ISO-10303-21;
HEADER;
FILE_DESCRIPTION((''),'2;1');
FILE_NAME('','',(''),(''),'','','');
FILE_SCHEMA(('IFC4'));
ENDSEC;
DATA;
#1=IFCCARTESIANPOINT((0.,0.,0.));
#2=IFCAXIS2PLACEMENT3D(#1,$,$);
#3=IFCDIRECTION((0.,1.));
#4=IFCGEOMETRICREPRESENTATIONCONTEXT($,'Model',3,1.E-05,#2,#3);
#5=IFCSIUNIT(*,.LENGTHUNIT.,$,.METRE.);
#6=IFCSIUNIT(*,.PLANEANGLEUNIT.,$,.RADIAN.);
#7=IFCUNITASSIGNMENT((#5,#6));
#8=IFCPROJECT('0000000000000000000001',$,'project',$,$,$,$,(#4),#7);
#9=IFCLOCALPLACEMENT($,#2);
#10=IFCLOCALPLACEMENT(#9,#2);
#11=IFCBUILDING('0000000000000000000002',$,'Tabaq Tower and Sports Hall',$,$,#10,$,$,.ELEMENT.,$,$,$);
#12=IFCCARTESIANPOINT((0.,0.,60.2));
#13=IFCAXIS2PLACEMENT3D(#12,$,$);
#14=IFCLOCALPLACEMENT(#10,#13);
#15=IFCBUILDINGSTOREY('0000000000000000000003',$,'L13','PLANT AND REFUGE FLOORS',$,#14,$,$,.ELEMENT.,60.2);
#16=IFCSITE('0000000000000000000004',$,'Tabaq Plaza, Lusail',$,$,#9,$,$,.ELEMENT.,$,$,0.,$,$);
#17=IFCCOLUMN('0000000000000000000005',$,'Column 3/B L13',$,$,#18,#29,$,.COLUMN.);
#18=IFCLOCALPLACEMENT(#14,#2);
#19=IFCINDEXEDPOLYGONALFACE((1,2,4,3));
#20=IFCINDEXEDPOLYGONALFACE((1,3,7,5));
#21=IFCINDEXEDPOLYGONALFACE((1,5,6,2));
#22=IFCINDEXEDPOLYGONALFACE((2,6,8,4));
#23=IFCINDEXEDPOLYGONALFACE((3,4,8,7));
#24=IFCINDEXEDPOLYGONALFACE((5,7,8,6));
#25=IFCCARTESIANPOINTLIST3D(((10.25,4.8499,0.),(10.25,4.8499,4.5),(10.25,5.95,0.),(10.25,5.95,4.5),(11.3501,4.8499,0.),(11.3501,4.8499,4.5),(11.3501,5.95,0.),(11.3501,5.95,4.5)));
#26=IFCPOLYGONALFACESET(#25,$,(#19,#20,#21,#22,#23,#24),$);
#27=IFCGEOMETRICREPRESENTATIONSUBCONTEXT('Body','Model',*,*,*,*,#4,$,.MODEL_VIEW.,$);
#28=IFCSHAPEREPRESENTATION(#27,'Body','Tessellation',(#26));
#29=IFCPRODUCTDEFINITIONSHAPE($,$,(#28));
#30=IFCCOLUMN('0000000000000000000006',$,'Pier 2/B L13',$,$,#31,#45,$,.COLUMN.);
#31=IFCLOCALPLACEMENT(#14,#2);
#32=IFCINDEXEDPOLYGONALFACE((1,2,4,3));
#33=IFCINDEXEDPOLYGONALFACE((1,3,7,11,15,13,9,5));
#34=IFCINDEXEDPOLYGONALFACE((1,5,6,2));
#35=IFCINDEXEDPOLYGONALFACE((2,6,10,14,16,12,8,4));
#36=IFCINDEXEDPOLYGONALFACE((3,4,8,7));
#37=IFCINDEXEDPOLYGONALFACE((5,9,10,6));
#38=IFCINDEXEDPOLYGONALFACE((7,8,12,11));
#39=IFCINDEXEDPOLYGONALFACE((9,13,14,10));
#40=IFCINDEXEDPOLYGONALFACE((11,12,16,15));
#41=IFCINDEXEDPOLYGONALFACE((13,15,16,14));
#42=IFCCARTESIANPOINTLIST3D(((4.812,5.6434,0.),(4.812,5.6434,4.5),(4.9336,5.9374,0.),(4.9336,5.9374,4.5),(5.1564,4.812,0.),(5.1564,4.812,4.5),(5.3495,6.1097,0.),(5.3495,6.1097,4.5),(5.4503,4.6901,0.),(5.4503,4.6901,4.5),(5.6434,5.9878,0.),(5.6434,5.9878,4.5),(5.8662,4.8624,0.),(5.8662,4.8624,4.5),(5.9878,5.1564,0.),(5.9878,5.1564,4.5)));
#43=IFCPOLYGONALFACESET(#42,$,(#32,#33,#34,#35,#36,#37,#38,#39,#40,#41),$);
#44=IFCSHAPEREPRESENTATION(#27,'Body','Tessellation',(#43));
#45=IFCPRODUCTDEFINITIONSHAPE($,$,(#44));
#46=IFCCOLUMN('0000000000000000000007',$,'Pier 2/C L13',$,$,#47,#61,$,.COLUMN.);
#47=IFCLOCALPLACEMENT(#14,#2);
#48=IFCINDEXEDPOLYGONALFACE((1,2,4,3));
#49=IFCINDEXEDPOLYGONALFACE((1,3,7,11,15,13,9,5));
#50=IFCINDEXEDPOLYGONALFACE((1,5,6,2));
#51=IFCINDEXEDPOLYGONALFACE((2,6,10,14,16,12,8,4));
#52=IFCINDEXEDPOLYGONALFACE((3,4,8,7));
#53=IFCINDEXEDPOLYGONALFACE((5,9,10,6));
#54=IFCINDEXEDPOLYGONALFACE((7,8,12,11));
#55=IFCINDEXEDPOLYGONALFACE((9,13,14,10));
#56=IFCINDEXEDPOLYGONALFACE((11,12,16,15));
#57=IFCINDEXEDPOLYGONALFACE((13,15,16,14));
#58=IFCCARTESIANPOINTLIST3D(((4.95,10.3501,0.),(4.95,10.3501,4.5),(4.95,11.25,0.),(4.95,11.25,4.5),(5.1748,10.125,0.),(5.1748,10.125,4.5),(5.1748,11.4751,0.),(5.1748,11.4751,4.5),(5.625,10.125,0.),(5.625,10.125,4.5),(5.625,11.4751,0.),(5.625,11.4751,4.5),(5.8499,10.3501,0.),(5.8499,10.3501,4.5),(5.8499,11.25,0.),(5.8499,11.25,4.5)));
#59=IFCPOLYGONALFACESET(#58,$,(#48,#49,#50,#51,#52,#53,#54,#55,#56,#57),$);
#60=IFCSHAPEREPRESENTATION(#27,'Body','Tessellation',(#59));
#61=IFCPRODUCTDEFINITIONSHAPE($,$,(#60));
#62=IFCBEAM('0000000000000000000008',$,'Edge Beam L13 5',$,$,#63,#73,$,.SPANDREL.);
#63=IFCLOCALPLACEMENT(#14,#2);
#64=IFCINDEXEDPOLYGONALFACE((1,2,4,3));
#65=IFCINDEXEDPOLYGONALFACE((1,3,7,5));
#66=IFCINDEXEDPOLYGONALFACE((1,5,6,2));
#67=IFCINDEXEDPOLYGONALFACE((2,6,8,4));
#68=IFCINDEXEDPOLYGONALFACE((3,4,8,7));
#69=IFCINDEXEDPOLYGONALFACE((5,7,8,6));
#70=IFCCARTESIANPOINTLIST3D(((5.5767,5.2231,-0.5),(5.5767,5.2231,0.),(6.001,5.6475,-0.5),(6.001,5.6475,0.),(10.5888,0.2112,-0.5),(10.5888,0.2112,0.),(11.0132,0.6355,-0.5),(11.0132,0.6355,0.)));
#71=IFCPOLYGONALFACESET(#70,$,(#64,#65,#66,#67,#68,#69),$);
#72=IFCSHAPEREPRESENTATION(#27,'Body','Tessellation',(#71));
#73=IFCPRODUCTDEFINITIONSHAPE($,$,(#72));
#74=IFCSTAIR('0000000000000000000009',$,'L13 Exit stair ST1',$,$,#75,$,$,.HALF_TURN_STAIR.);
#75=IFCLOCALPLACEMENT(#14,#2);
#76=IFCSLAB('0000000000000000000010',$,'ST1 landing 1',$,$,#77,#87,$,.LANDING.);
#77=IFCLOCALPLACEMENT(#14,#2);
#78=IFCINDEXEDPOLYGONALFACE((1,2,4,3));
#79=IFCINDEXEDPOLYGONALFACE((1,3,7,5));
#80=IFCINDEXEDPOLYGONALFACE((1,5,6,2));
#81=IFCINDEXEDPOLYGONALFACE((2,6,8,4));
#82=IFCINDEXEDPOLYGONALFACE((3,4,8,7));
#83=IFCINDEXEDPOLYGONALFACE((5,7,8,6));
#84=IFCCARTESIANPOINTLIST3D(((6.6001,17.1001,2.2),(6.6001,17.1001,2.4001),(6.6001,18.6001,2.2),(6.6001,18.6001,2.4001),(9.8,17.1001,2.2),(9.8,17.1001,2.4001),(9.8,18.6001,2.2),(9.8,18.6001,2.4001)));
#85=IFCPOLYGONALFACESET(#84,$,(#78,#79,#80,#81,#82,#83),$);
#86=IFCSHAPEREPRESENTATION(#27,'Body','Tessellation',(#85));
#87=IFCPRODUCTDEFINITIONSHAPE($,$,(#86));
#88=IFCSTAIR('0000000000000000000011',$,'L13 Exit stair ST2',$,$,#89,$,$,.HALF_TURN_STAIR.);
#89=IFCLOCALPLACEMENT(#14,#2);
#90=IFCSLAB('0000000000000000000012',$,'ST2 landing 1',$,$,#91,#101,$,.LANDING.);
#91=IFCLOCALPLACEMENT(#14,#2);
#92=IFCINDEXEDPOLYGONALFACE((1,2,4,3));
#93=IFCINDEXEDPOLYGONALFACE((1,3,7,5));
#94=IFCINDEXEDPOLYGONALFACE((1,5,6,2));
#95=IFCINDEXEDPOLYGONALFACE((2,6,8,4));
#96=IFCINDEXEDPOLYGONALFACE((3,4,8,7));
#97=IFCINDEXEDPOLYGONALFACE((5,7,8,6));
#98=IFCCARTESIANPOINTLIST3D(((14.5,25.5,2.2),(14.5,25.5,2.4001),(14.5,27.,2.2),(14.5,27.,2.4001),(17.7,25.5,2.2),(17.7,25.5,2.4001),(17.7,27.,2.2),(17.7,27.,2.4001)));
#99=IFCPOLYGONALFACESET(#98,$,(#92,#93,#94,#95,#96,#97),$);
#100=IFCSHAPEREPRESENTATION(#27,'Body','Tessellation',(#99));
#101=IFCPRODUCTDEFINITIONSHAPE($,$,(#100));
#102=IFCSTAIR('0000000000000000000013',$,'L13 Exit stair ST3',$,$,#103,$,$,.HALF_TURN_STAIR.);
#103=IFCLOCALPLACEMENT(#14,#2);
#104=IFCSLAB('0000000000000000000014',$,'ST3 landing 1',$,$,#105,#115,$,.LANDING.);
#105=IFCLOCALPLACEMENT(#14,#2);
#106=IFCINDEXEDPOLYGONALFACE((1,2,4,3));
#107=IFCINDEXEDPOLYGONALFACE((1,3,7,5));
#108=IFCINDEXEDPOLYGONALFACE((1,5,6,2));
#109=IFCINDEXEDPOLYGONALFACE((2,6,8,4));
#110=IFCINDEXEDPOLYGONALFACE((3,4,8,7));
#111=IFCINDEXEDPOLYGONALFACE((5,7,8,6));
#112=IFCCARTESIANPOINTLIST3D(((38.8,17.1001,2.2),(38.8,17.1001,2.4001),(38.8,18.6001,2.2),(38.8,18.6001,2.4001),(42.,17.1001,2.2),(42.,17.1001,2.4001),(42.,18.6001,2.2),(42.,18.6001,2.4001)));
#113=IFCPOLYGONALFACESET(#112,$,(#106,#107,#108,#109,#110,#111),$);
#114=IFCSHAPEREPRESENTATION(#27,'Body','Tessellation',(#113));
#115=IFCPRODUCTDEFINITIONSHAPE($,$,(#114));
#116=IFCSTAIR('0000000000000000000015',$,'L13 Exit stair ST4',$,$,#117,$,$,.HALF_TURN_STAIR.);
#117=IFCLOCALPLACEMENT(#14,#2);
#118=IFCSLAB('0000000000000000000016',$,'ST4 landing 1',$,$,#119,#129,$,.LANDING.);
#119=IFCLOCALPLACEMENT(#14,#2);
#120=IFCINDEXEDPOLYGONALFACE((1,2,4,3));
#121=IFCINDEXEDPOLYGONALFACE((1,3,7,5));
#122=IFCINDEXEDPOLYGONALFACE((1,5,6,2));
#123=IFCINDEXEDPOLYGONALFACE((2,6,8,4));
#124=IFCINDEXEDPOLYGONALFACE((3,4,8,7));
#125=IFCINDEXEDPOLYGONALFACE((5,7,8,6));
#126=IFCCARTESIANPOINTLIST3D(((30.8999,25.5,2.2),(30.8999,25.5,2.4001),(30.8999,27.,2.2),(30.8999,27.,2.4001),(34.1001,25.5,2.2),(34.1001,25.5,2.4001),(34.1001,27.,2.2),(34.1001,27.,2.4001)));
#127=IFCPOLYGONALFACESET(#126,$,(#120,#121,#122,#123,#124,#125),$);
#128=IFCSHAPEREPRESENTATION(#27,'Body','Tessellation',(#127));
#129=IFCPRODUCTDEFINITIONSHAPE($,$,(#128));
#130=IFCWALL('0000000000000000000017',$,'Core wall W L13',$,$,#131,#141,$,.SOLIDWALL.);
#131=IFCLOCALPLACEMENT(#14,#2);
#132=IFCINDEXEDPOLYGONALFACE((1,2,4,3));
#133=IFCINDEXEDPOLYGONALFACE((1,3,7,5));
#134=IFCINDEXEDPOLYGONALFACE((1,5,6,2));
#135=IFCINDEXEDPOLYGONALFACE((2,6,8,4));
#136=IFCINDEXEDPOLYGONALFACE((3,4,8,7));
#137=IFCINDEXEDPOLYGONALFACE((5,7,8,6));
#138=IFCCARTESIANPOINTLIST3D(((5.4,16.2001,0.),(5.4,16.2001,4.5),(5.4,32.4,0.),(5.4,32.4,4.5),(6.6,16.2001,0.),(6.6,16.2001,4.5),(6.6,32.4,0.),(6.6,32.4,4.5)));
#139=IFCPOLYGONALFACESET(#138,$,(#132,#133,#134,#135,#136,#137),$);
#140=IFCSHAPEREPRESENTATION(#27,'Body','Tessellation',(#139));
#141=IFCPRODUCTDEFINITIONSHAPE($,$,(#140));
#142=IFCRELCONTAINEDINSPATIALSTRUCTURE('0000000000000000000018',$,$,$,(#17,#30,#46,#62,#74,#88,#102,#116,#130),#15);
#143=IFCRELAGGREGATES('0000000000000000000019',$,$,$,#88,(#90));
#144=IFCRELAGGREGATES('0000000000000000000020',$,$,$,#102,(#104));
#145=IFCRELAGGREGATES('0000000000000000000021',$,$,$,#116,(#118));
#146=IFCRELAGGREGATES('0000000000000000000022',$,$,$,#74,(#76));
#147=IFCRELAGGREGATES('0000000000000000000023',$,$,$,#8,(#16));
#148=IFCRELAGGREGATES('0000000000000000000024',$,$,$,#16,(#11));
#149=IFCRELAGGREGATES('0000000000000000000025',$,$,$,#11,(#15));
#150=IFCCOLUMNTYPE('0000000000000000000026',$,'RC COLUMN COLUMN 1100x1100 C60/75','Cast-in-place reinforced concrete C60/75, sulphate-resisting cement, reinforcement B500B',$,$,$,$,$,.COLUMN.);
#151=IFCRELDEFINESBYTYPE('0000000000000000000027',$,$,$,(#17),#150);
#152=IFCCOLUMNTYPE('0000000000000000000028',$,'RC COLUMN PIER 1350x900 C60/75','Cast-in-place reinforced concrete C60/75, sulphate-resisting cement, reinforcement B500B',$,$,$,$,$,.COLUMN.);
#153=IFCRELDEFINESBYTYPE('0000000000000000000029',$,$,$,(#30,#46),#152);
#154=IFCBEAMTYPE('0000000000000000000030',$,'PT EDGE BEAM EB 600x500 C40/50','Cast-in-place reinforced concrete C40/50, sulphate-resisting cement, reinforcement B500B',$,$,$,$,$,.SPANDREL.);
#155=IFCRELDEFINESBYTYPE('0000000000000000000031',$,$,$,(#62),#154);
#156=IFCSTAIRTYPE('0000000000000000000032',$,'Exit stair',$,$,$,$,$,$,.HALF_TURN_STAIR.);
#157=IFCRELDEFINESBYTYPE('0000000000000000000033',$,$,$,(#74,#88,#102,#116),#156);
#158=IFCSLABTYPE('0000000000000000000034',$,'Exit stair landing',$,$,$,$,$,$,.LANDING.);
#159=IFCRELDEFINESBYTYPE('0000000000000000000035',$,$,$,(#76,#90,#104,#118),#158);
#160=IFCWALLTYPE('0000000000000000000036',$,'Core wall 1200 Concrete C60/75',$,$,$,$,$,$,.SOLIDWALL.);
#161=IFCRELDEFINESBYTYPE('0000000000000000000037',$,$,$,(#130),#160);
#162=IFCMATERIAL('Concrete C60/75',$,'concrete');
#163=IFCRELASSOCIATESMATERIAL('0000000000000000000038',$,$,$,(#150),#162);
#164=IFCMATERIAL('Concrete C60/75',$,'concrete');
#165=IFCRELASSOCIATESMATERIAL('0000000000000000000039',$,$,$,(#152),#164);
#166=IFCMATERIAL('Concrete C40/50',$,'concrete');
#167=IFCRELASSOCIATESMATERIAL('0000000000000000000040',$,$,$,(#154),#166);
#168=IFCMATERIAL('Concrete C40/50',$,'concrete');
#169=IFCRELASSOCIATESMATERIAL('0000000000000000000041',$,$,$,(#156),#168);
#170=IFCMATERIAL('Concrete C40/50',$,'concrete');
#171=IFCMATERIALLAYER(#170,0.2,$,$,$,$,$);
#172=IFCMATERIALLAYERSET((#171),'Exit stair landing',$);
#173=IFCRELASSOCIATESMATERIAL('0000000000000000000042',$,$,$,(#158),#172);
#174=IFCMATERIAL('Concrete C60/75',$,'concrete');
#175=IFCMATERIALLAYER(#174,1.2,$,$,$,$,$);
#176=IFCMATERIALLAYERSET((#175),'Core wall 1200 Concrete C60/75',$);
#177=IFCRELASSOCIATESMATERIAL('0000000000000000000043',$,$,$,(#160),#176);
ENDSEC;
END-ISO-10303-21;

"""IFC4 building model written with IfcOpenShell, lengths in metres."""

from ifc_helpers import new_model, si_unit, direction, frame, frame_2d, origin, origin_2d, place, context, subcontext, project, spatial, polyline, rectangle, outline, extrude, material, layer, layer_set, material_profile, profile_set, type_object, element, aggregate, save


model = new_model("IFC4")

# Units and contexts
model_context = context("Model", 3, precision=1e-05, world=origin(), true_north=direction((0.0, 1.0)))
body_context = subcontext(model_context, "Body", "Model", "MODEL_VIEW")
ifc_project = project(units=[si_unit("LENGTHUNIT", "METRE"), si_unit("PLANEANGLEUNIT", "RADIAN")], contexts=[model_context])

# Site, building, storey
site_placement = place(None, origin())
site = spatial("IfcSite", under=ifc_project, at=site_placement, Name="Tabaq Plaza, Lusail", CompositionType="ELEMENT", RefElevation=0.0)
building_placement = place(site_placement, origin())
building = spatial("IfcBuilding", under=site, at=building_placement, Name="Tabaq Tower and Sports Hall", CompositionType="ELEMENT")
storey_placement = place(building_placement, frame((0.0, 0.0, 60.2)))
storey = spatial("IfcBuildingStorey", under=building, at=storey_placement, Name="L13", Description="PLANT AND REFUGE FLOORS", CompositionType="ELEMENT", Elevation=60.2)

# Columns
ifc_material_1 = material(Name="Concrete C60/75", Category="concrete")
ifc_material_profile_1 = material_profile(ifc_material_1, rectangle(XDim=1.1001, YDim=1.1001, at=origin_2d()), Name="COLUMN 1100x1100")
ifc_profile_set_1 = profile_set([ifc_material_profile_1], Name="Concrete C60/75")
column_type_1 = type_object("IfcColumnType", Name="RC COLUMN COLUMN 1100x1100 C60/75", Description="Cast-in-place reinforced concrete C60/75, sulphate-resisting cement, reinforcement B500B", PredefinedType="COLUMN", material=ifc_profile_set_1)
column_placement = place(storey_placement, frame((10.8, 5.3999, 0.0), z_axis=(0.0, 0.0, 1.0), x_axis=(1.0, 0.0, 0.0)))
element("IfcColumn", 1, at=column_placement, inside=storey, type_object=column_type_1, Name="Column 3/B L13", PredefinedType="COLUMN", context=body_context, shape_type="SweptSolid", body=[
    extrude(rectangle(XDim=1.1001, YDim=1.1001, at=origin_2d()), origin(), (0.0, 0.0, 1.0), 4.5),
])
ifc_material_2 = material(Name="Concrete C60/75", Category="concrete")
ifc_material_profile_2 = material_profile(ifc_material_2, outline(polyline([(-0.45, -0.45), (0.45, -0.45), (0.675, -0.2251), (0.675, 0.2251), (0.45, 0.45), (-0.45, 0.45), (-0.675, 0.2251), (-0.675, -0.2251), (-0.45, -0.45)])), Name="PIER 1350x900")
ifc_profile_set_2 = profile_set([ifc_material_profile_2], Name="Concrete C60/75")
column_type_2 = type_object("IfcColumnType", Name="RC COLUMN PIER 1350x900 C60/75", Description="Cast-in-place reinforced concrete C60/75, sulphate-resisting cement, reinforcement B500B", PredefinedType="COLUMN", material=ifc_profile_set_2)
for number, where, z_axis, x_axis, name in (
    (2, (5.3999, 5.3999, 0.0), (0.0, 0.0, 1.0), (-0.382683, 0.92388, 0.0), "Pier 2/B L13"),
    (3, (5.3999, 10.8, 0.0), (0.0, 0.0, 1.0), (0.0, 1.0, 0.0), "Pier 2/C L13"),
):
    element("IfcColumn", number, at=place(storey_placement, frame(where, z_axis=z_axis, x_axis=x_axis)), inside=storey, type_object=column_type_2, Name=name, PredefinedType="COLUMN", context=body_context, shape_type="SweptSolid", body=[
        extrude(outline(polyline([(-0.45, -0.45), (0.45, -0.45), (0.675, -0.2251), (0.675, 0.2251), (0.45, 0.45), (-0.45, 0.45), (-0.675, 0.2251), (-0.675, -0.2251), (-0.45, -0.45)])), origin(), (0.0, 0.0, 1.0), 4.5),
    ])

# Beam
ifc_material_3 = material(Name="Concrete C40/50", Category="concrete")
ifc_material_profile_3 = material_profile(ifc_material_3, rectangle(XDim=0.6001, YDim=0.5, at=origin_2d()), Name="EB 600x500")
ifc_profile_set_3 = profile_set([ifc_material_profile_3], Name="Concrete C40/50")
beam_type = type_object("IfcBeamType", Name="PT EDGE BEAM EB 600x500 C40/50", Description="Cast-in-place reinforced concrete C40/50, sulphate-resisting cement, reinforcement B500B", PredefinedType="SPANDREL", material=ifc_profile_set_3)
beam_placement = place(storey_placement, frame((5.7888, 5.4353, -0.25), z_axis=(0.707124, -0.70709, 0.0), x_axis=(0.70709, 0.707124, 0.0)))
element("IfcBeam", 4, at=beam_placement, inside=storey, type_object=beam_type, Name="Edge Beam L13 5", PredefinedType="SPANDREL", context=body_context, shape_type="SweptSolid", body=[
    extrude(rectangle(XDim=0.6001, YDim=0.5, at=origin_2d()), origin(), (0.0, 0.0, 1.0), 7.0881),
])

# Stairs, slabs
ifc_material_4 = material(Name="Concrete C40/50", Category="concrete")
stair_type = type_object("IfcStairType", Name="Exit stair", PredefinedType="HALF_TURN_STAIR", material=ifc_material_4)
stair_1_placement = place(storey_placement, origin())
stair_1 = element("IfcStair", 5, at=stair_1_placement, inside=storey, type_object=stair_type, Name="L13 Exit stair ST1", PredefinedType="HALF_TURN_STAIR")
ifc_material_5 = material(Name="Concrete C40/50", Category="concrete")
ifc_layer_1 = layer(ifc_material_5, 0.2)
ifc_layer_set_1 = layer_set([ifc_layer_1], Name="Exit stair landing")
slab_type = type_object("IfcSlabType", Name="Exit stair landing", PredefinedType="LANDING", material=ifc_layer_set_1)
slab_1_placement = place(storey_placement, frame((0.0, 0.0, 2.2)))
slab_1 = element("IfcSlab", 6, at=slab_1_placement, type_object=slab_type, Name="ST1 landing 1", PredefinedType="LANDING", context=body_context, shape_type="SweptSolid", body=[
    extrude(outline(polyline([(6.6001, 18.6001), (6.6001, 17.1001), (9.8, 17.1001), (9.8, 18.6001), (6.6001, 18.6001)])), origin(), (0.0, 0.0, 1.0), 0.2002),
])
stair_2_placement = place(storey_placement, origin())
stair_2 = element("IfcStair", 7, at=stair_2_placement, inside=storey, type_object=stair_type, Name="L13 Exit stair ST2", PredefinedType="HALF_TURN_STAIR")
slab_2_placement = place(storey_placement, frame((0.0, 0.0, 2.2)))
slab_2 = element("IfcSlab", 8, at=slab_2_placement, type_object=slab_type, Name="ST2 landing 1", PredefinedType="LANDING", context=body_context, shape_type="SweptSolid", body=[
    extrude(outline(polyline([(14.5, 27.0), (14.5, 25.5), (17.7, 25.5), (17.7, 27.0), (14.5, 27.0)])), origin(), (0.0, 0.0, 1.0), 0.2002),
])
aggregate(stair_2, [slab_2])
stair_3_placement = place(storey_placement, origin())
stair_3 = element("IfcStair", 9, at=stair_3_placement, inside=storey, type_object=stair_type, Name="L13 Exit stair ST3", PredefinedType="HALF_TURN_STAIR")
slab_3_placement = place(storey_placement, frame((0.0, 0.0, 2.2)))
slab_3 = element("IfcSlab", 10, at=slab_3_placement, type_object=slab_type, Name="ST3 landing 1", PredefinedType="LANDING", context=body_context, shape_type="SweptSolid", body=[
    extrude(outline(polyline([(38.8, 18.6001), (38.8, 17.1001), (42.0, 17.1001), (42.0, 18.6001), (38.8, 18.6001)])), origin(), (0.0, 0.0, 1.0), 0.2002),
])
aggregate(stair_3, [slab_3])
stair_4_placement = place(storey_placement, origin())
stair_4 = element("IfcStair", 11, at=stair_4_placement, inside=storey, type_object=stair_type, Name="L13 Exit stair ST4", PredefinedType="HALF_TURN_STAIR")
slab_4_placement = place(storey_placement, frame((0.0, 0.0, 2.2)))
slab_4 = element("IfcSlab", 12, at=slab_4_placement, type_object=slab_type, Name="ST4 landing 1", PredefinedType="LANDING", context=body_context, shape_type="SweptSolid", body=[
    extrude(outline(polyline([(30.8999, 27.0), (30.8999, 25.5), (34.1001, 25.5), (34.1001, 27.0), (30.8999, 27.0)])), origin(), (0.0, 0.0, 1.0), 0.2002),
])
aggregate(stair_4, [slab_4])

# Wall
ifc_material_6 = material(Name="Concrete C60/75", Category="concrete")
ifc_layer_2 = layer(ifc_material_6, 1.2)
ifc_layer_set_2 = layer_set([ifc_layer_2], Name="Core wall 1200 Concrete C60/75")
wall_type_1 = type_object("IfcWallType", Name="Core wall 1200 Concrete C60/75", PredefinedType="SOLIDWALL", material=ifc_layer_set_2)
wall_1_placement = place(storey_placement, frame((6.0, 16.2, 0.0), z_axis=(0.0, 0.0, 1.0), x_axis=(0.0, 1.0, 0.0)))
element("IfcWall", 13, at=wall_1_placement, inside=storey, type_object=wall_type_1, Name="Core wall W L13", PredefinedType="SOLIDWALL", context=body_context, shape_type="SweptSolid", body=[
    extrude(rectangle(XDim=16.2, YDim=1.2, at=frame_2d((8.1001, 0.0))), origin(), (0.0, 0.0, 1.0), 4.5),
])

aggregate(stair_1, [slab_1])

save(model, "model.ifc")
